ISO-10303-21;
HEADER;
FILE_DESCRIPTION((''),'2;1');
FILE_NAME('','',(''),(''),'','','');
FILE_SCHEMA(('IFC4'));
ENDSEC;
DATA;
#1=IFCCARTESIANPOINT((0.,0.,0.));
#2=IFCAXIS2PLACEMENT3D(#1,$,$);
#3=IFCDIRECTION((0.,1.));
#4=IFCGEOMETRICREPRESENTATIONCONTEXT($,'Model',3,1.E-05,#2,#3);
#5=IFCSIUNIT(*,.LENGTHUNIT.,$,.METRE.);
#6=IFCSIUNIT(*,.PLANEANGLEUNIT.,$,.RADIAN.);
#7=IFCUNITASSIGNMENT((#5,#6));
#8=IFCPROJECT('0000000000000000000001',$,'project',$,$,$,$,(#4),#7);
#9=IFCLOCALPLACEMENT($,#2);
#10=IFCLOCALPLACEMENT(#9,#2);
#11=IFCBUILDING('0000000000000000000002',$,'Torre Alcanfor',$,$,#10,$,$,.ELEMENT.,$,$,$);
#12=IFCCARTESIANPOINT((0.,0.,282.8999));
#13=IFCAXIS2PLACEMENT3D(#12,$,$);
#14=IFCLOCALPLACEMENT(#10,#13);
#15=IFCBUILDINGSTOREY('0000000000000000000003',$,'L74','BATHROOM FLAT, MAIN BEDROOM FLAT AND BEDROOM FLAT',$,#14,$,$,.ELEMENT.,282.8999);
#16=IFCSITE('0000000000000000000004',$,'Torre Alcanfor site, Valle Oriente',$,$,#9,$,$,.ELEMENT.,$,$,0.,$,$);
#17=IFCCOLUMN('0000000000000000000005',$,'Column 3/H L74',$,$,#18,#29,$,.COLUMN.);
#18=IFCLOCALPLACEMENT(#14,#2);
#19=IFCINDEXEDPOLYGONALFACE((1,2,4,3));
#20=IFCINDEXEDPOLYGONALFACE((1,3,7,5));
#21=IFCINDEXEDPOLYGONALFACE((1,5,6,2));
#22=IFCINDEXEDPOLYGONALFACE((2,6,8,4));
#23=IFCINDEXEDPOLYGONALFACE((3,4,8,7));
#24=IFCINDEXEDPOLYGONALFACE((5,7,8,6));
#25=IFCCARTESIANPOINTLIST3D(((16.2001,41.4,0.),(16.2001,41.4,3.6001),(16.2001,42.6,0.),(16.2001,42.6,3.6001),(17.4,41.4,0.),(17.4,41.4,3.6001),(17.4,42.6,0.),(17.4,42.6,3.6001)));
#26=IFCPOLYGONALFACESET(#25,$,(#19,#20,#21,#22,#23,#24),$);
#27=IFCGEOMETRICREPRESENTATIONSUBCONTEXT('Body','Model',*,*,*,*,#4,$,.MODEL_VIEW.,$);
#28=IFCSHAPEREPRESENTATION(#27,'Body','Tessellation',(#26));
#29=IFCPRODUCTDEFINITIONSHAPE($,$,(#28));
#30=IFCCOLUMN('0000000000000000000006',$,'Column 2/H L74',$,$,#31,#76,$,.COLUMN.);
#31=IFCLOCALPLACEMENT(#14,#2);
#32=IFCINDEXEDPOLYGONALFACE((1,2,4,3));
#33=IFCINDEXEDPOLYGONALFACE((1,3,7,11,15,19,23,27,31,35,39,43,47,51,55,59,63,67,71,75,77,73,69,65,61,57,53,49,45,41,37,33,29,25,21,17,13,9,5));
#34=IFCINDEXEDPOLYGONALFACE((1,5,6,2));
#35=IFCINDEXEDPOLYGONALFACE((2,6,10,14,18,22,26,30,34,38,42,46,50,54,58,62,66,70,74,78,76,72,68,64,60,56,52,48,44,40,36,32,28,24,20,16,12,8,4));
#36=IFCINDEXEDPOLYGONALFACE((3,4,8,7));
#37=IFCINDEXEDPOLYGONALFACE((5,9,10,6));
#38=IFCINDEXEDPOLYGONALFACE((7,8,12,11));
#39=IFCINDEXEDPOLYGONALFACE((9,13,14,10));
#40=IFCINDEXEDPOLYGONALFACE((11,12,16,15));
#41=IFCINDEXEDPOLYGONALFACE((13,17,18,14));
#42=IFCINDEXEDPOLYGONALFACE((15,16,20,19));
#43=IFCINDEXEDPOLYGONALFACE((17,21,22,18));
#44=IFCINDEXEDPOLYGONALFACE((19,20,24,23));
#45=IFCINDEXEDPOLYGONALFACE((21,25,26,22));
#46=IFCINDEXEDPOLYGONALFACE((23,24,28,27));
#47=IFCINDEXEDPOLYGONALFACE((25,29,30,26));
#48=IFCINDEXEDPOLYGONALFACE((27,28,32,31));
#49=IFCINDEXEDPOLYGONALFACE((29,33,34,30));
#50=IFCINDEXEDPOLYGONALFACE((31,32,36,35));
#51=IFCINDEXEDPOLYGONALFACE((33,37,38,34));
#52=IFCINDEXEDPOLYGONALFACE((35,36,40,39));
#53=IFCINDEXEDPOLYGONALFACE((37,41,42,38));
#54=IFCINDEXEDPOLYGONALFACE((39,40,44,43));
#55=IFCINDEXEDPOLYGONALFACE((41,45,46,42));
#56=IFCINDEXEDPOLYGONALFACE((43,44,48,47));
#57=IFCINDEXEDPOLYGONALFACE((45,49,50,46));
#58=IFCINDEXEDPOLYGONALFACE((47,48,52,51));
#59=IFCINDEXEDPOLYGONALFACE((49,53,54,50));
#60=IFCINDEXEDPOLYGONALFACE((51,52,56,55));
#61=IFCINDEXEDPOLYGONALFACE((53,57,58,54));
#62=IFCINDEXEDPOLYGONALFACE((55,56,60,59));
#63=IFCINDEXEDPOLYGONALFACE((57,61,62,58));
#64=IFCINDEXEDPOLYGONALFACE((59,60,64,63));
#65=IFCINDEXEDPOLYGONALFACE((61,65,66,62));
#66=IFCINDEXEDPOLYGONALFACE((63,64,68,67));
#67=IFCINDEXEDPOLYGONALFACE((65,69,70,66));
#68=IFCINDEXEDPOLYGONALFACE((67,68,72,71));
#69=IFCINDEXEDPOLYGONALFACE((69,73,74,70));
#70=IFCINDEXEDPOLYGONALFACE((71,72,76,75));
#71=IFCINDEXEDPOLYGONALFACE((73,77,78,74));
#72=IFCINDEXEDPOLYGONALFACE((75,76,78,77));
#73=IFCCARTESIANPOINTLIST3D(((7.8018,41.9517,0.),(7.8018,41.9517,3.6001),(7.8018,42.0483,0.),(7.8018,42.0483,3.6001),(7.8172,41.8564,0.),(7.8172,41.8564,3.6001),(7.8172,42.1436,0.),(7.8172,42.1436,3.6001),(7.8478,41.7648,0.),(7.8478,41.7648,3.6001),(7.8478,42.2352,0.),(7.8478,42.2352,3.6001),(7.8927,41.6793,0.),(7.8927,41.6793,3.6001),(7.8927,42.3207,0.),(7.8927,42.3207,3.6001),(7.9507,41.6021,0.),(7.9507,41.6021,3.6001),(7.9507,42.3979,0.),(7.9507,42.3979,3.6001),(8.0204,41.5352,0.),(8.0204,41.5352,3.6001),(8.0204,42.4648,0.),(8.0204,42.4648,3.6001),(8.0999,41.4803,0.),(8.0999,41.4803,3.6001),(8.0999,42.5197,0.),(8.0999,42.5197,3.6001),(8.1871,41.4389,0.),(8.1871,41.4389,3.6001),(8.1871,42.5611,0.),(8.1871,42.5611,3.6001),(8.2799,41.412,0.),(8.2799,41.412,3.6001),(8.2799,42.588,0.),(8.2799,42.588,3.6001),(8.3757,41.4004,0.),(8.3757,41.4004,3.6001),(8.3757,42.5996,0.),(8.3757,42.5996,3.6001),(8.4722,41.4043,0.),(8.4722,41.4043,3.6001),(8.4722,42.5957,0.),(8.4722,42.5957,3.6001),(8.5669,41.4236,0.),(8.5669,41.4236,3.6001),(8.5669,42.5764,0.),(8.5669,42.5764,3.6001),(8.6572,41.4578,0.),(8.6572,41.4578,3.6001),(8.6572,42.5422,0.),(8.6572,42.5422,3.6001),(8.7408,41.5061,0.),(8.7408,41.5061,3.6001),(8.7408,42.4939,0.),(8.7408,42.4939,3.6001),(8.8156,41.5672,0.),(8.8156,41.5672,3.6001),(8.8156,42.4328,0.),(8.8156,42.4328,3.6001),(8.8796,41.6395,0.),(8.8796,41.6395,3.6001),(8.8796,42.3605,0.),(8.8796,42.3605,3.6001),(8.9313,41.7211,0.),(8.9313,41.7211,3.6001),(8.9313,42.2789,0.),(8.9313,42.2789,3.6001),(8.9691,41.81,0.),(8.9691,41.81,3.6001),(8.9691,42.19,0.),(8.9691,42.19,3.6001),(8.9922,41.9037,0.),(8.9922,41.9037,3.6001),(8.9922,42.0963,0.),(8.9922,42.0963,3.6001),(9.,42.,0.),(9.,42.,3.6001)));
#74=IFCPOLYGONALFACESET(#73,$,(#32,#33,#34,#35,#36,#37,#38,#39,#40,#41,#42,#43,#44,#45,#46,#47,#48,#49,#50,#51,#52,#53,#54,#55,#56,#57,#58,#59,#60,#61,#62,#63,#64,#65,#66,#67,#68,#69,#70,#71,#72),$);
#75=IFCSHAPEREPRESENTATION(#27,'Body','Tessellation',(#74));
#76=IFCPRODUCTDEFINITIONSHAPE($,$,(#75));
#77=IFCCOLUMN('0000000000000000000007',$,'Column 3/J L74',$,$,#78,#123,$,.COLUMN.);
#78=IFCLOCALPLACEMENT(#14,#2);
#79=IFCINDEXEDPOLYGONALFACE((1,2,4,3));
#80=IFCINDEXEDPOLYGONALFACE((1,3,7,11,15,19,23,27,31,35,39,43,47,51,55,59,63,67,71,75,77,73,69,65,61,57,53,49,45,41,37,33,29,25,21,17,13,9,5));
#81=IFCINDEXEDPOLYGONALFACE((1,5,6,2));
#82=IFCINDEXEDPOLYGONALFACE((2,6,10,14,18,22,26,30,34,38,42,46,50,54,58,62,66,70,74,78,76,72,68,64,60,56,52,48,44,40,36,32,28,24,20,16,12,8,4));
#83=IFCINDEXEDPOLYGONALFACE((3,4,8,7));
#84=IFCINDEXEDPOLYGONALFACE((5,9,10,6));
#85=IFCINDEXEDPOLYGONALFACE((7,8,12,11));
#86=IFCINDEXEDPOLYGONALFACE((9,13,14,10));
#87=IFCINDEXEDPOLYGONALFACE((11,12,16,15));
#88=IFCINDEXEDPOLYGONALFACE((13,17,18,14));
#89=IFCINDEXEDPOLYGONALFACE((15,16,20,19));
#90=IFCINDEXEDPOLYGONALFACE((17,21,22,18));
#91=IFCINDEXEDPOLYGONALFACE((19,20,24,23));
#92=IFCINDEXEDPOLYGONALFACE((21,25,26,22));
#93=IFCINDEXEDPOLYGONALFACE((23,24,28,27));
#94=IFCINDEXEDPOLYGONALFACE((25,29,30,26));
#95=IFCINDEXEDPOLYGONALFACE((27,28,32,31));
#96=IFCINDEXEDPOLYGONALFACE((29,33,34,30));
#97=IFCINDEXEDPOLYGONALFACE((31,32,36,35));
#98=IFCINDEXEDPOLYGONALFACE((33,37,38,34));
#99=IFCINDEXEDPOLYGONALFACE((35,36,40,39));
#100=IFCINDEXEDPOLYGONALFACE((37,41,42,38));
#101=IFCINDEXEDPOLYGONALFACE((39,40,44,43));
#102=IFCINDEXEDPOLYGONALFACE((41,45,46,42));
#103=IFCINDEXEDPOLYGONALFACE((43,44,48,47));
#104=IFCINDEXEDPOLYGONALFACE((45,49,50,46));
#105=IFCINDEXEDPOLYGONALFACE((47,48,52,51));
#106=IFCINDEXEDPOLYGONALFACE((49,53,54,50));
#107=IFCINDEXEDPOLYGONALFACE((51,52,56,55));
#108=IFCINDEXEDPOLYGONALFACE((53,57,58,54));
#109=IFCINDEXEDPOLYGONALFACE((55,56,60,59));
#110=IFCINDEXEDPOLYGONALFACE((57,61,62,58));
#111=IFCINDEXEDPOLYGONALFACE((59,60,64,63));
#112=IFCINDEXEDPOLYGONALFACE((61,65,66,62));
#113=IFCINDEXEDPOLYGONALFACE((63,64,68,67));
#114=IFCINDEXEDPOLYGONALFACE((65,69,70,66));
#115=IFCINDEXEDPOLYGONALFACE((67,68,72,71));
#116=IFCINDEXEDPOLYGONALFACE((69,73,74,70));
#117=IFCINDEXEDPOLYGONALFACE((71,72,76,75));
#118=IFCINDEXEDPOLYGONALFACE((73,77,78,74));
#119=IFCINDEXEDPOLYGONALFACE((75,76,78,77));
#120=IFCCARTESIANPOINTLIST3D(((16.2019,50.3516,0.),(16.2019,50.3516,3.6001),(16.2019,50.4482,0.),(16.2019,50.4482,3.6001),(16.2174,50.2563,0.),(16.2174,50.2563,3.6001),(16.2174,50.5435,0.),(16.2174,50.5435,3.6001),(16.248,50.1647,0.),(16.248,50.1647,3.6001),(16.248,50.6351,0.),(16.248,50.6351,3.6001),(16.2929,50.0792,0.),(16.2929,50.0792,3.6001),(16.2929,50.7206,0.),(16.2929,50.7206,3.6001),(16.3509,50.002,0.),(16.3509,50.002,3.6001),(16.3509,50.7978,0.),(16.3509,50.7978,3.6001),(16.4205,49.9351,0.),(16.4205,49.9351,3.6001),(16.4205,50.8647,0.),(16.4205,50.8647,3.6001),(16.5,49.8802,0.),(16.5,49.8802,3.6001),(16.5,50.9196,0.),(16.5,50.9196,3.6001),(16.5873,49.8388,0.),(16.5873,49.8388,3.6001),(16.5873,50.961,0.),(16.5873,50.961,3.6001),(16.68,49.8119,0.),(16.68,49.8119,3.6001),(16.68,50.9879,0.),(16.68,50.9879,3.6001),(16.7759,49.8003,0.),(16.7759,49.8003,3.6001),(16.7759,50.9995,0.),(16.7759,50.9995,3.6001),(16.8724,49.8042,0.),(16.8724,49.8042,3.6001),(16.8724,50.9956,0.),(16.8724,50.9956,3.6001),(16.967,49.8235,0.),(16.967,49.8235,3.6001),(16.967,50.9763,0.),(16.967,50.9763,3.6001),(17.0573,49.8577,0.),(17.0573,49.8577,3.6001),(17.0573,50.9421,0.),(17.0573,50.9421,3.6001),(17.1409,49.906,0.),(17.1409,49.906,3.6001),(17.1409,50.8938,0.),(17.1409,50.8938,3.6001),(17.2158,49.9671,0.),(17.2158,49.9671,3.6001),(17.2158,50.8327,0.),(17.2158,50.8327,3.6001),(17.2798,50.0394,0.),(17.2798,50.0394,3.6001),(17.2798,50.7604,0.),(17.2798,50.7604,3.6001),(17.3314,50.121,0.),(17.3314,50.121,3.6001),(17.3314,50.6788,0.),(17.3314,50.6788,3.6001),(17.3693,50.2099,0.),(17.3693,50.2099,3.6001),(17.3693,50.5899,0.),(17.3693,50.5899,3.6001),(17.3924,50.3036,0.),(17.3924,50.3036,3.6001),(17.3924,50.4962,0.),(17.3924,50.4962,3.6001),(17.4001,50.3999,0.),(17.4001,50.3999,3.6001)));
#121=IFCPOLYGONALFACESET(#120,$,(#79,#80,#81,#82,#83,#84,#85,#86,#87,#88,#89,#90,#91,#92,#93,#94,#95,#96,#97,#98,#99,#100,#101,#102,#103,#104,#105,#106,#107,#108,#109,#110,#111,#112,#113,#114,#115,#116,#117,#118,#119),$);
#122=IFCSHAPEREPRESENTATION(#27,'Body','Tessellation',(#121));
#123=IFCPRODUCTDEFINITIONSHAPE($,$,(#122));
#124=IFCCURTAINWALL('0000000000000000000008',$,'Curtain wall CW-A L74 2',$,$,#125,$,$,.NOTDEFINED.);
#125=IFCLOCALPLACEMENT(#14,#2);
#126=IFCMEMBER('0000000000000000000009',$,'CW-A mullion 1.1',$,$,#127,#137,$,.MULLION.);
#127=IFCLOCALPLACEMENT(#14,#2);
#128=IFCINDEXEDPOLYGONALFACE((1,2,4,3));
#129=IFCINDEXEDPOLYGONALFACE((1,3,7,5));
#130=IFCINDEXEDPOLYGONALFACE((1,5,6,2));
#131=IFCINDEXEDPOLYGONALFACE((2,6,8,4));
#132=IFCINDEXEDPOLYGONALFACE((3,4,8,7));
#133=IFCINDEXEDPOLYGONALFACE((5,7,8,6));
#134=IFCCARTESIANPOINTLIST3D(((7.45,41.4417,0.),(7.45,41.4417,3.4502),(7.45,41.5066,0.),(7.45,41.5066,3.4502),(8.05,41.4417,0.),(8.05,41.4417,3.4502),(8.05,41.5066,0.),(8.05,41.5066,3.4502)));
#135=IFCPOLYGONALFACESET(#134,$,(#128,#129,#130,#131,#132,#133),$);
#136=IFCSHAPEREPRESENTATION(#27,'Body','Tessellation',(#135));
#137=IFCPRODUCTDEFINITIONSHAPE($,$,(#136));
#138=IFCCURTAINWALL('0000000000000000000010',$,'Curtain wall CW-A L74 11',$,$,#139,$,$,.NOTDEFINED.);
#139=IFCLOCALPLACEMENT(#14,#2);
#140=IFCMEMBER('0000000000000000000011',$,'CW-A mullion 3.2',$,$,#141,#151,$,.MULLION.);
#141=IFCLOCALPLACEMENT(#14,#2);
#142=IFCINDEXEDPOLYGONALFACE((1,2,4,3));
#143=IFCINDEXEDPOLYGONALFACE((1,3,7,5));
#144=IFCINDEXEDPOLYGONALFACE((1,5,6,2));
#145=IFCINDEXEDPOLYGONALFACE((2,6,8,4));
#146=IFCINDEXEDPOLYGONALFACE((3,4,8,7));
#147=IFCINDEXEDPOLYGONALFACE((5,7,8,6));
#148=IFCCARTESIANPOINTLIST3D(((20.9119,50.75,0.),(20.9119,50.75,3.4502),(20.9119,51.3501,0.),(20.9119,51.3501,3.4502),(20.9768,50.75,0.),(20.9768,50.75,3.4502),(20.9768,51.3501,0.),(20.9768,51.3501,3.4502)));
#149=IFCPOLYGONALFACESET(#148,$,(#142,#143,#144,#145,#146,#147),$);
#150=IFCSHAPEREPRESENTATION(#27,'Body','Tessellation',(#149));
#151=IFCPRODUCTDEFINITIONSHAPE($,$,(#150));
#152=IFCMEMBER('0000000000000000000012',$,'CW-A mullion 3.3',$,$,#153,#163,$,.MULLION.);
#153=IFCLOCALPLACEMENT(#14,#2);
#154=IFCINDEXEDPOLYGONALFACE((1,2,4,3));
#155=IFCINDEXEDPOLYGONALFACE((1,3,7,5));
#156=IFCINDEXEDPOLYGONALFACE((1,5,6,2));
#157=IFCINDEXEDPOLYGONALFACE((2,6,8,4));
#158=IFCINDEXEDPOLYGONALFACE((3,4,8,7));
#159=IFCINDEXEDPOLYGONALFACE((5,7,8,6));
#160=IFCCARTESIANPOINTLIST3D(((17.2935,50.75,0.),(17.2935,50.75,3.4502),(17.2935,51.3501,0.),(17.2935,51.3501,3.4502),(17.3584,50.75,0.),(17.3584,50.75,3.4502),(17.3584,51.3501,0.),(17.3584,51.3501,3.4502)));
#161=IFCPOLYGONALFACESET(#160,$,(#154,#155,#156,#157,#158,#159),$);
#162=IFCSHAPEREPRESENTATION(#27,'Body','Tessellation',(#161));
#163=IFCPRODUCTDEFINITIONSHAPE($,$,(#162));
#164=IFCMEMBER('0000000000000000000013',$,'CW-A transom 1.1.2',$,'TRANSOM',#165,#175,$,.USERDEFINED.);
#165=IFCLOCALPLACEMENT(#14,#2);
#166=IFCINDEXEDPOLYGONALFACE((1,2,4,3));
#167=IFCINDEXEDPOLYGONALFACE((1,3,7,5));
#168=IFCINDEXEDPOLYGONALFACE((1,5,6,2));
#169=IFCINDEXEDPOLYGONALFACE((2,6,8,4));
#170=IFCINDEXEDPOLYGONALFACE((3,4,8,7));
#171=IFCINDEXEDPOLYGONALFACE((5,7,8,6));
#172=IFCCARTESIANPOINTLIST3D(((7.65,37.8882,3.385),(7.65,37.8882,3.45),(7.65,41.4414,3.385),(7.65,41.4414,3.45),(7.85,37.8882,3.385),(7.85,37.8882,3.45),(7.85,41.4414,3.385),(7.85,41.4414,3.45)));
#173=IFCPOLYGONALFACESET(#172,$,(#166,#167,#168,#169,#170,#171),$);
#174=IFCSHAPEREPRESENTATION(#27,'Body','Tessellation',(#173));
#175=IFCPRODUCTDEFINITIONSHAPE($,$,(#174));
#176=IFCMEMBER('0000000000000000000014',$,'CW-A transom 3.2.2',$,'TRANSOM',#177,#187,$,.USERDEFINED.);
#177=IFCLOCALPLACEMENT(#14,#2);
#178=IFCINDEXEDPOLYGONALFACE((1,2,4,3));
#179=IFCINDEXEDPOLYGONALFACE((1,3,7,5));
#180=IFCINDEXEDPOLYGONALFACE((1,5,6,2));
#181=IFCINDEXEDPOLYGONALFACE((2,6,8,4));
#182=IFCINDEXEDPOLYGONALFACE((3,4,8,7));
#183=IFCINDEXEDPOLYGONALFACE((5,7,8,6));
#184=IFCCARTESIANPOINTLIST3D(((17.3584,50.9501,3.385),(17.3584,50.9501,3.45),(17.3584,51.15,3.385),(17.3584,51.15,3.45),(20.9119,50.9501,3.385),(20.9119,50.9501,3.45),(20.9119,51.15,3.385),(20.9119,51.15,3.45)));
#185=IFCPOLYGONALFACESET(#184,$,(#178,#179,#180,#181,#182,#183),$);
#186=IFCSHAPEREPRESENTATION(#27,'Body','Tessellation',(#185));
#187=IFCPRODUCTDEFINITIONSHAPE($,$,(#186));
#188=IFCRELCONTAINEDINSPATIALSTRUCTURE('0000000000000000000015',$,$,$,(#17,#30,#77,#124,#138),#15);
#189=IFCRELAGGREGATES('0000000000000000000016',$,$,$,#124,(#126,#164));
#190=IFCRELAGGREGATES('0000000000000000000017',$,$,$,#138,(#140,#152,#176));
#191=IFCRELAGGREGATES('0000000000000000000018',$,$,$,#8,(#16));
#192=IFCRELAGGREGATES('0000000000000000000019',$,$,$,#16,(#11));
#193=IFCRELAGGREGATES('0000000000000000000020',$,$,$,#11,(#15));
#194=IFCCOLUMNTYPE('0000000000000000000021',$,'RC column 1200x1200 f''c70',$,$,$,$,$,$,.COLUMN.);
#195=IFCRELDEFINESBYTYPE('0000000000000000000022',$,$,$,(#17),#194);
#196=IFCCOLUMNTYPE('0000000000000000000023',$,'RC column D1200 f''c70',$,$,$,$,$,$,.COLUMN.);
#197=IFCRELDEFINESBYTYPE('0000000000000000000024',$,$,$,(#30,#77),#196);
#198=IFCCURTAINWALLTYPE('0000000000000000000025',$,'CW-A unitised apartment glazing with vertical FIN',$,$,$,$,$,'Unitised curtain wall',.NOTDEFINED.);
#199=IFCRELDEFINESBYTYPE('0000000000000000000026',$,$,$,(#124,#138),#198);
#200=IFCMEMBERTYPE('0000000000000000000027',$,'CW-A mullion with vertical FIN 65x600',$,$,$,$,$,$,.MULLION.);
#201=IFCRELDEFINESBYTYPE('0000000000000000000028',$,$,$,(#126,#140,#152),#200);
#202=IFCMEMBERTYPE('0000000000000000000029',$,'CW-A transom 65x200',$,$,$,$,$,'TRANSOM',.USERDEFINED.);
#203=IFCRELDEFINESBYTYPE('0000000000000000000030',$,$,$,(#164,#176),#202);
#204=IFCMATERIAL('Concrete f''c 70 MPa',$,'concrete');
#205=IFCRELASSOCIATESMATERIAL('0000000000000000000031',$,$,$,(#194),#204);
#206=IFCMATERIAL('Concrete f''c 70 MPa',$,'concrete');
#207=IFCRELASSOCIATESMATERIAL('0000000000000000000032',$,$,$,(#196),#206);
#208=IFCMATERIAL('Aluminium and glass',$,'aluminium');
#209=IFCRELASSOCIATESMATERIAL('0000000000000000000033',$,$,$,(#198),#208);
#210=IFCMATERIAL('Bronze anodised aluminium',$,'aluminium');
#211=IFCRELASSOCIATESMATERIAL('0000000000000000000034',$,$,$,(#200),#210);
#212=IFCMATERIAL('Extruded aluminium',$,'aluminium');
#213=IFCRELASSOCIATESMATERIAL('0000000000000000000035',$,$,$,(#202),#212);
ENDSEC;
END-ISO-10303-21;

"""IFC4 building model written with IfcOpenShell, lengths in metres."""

from ifc_helpers import new_model, si_unit, direction, frame, origin, origin_2d, place, context, subcontext, project, spatial, rectangle, circle, extrude, material, material_profile, profile_set, type_object, element, aggregate, save


model = new_model("IFC4")

# Units and contexts
model_context = context("Model", 3, precision=1e-05, world=origin(), true_north=direction((0.0, 1.0)))
body_context = subcontext(model_context, "Body", "Model", "MODEL_VIEW")
ifc_project = project(units=[si_unit("LENGTHUNIT", "METRE"), si_unit("PLANEANGLEUNIT", "RADIAN")], contexts=[model_context])

# Site, building, storey
site_placement = place(None, origin())
site = spatial("IfcSite", under=ifc_project, at=site_placement, Name="Torre Alcanfor site, Valle Oriente", CompositionType="ELEMENT", RefElevation=0.0)
building_placement = place(site_placement, origin())
building = spatial("IfcBuilding", under=site, at=building_placement, Name="Torre Alcanfor", CompositionType="ELEMENT")
storey_placement = place(building_placement, frame((0.0, 0.0, 282.8999)))
storey = spatial("IfcBuildingStorey", under=building, at=storey_placement, Name="L74", Description="BATHROOM FLAT, MAIN BEDROOM FLAT AND BEDROOM FLAT", CompositionType="ELEMENT", Elevation=282.8999)

# Columns
ifc_material_1 = material(Name="Concrete f'c 70 MPa", Category="concrete")
ifc_material_profile_1 = material_profile(ifc_material_1, rectangle(XDim=1.2, YDim=1.2, at=origin_2d()), Name="1200x1200")
ifc_profile_set_1 = profile_set([ifc_material_profile_1], Name="Concrete f'c 70 MPa")
column_type_1 = type_object("IfcColumnType", Name="RC column 1200x1200 f'c70", PredefinedType="COLUMN", material=ifc_profile_set_1)
column_placement = place(storey_placement, frame((16.8, 42.0, 0.0), z_axis=(0.0, 0.0, 1.0), x_axis=(1.0, 0.0, 0.0)))
element("IfcColumn", 1, at=column_placement, inside=storey, type_object=column_type_1, Name="Column 3/H L74", PredefinedType="COLUMN", context=body_context, shape_type="SweptSolid", body=[
    extrude(rectangle(XDim=1.2, YDim=1.2, at=origin_2d()), origin(), (0.0, 0.0, 1.0), 3.6001),
])
ifc_material_2 = material(Name="Concrete f'c 70 MPa", Category="concrete")
ifc_material_profile_2 = material_profile(ifc_material_2, circle(Radius=0.6001, at=origin_2d()), Name="D1200")
ifc_profile_set_2 = profile_set([ifc_material_profile_2], Name="Concrete f'c 70 MPa")
column_type_2 = type_object("IfcColumnType", Name="RC column D1200 f'c70", PredefinedType="COLUMN", material=ifc_profile_set_2)
for number, where, z_axis, x_axis, name in (
    (2, (8.3999, 42.0, 0.0), (0.0, 0.0, 1.0), (1.0, 0.0, 0.0), "Column 2/H L74"),
    (3, (16.8, 50.3999, 0.0), (0.0, 0.0, 1.0), (1.0, 0.0, 0.0), "Column 3/J L74"),
):
    element("IfcColumn", number, at=place(storey_placement, frame(where, z_axis=z_axis, x_axis=x_axis)), inside=storey, type_object=column_type_2, Name=name, PredefinedType="COLUMN", context=body_context, shape_type="SweptSolid", body=[
        extrude(circle(Radius=0.6001, at=origin_2d()), origin(), (0.0, 0.0, 1.0), 3.6001),
    ])

# Curtain wall, member
ifc_material_3 = material(Name="Aluminium and glass", Category="aluminium")
curtain_wall_type = type_object("IfcCurtainWallType", Name="CW-A unitised apartment glazing with vertical FIN", ElementType="Unitised curtain wall", PredefinedType="NOTDEFINED", material=ifc_material_3)
curtain_wall_1_placement = place(storey_placement, origin())
curtain_wall_1 = element("IfcCurtainWall", 4, at=curtain_wall_1_placement, inside=storey, type_object=curtain_wall_type, Name="Curtain wall CW-A L74 2", PredefinedType="NOTDEFINED")
ifc_material_4 = material(Name="Bronze anodised aluminium", Category="aluminium")
ifc_material_profile_3 = material_profile(ifc_material_4, rectangle(XDim=0.6001, YDim=0.0649, at=origin_2d()), Name="CW-A mullion 65x600")
ifc_profile_set_3 = profile_set([ifc_material_profile_3], Name="Bronze anodised aluminium")
member_type_1 = type_object("IfcMemberType", Name="CW-A mullion with vertical FIN 65x600", PredefinedType="MULLION", material=ifc_profile_set_3)
member_1_placement = place(storey_placement, frame((7.75, 41.4741, 0.0), z_axis=(0.0, 0.0, 1.0), x_axis=(1.0, 0.0, 0.0)))
member_1 = element("IfcMember", 5, at=member_1_placement, type_object=member_type_1, Name="CW-A mullion 1.1", PredefinedType="MULLION", context=body_context, shape_type="SweptSolid", body=[
    extrude(rectangle(XDim=0.6001, YDim=0.0649, at=origin_2d()), origin(), (0.0, 0.0, 1.0), 3.4502),
])

# Curtain wall, members
curtain_wall_2_placement = place(storey_placement, origin())
curtain_wall_2 = element("IfcCurtainWall", 6, at=curtain_wall_2_placement, inside=storey, type_object=curtain_wall_type, Name="Curtain wall CW-A L74 11", PredefinedType="NOTDEFINED")
member_2_placement = place(storey_placement, frame((20.9443, 51.05, 0.0), z_axis=(0.0, 0.0, 1.0), x_axis=(0.0, -1.0, 0.0)))
member_2 = element("IfcMember", 7, at=member_2_placement, type_object=member_type_1, Name="CW-A mullion 3.2", PredefinedType="MULLION", context=body_context, shape_type="SweptSolid", body=[
    extrude(rectangle(XDim=0.6001, YDim=0.0649, at=origin_2d()), origin(), (0.0, 0.0, 1.0), 3.4502),
])
member_3_placement = place(storey_placement, frame((17.3259, 51.05, 0.0), z_axis=(0.0, 0.0, 1.0), x_axis=(0.0, -1.0, 0.0)))
member_3 = element("IfcMember", 8, at=member_3_placement, type_object=member_type_1, Name="CW-A mullion 3.3", PredefinedType="MULLION", context=body_context, shape_type="SweptSolid", body=[
    extrude(rectangle(XDim=0.6001, YDim=0.0649, at=origin_2d()), origin(), (0.0, 0.0, 1.0), 3.4502),
])

# Members
ifc_material_5 = material(Name="Extruded aluminium", Category="aluminium")
ifc_material_profile_4 = material_profile(ifc_material_5, rectangle(XDim=0.2, YDim=0.0649, at=origin_2d()), Name="CW-A transom 200x65")
ifc_profile_set_4 = profile_set([ifc_material_profile_4], Name="Extruded aluminium")
member_type_2 = type_object("IfcMemberType", Name="CW-A transom 65x200", ElementType="TRANSOM", PredefinedType="USERDEFINED", material=ifc_profile_set_4)
member_4_placement = place(storey_placement, frame((7.75, 41.4414, 3.4175), z_axis=(0.0, -1.0, 0.0), x_axis=(1.0, 0.0, 0.0)))
member_4 = element("IfcMember", 9, at=member_4_placement, type_object=member_type_2, Name="CW-A transom 1.1.2", ObjectType="TRANSOM", PredefinedType="USERDEFINED", context=body_context, shape_type="SweptSolid", body=[
    extrude(rectangle(XDim=0.2, YDim=0.0649, at=origin_2d()), origin(), (0.0, 0.0, 1.0), 3.5532),
])
member_5_placement = place(storey_placement, frame((20.9119, 51.05, 3.4175), z_axis=(-1.0, 0.0, 0.0), x_axis=(0.0, -1.0, 0.0)))
member_5 = element("IfcMember", 10, at=member_5_placement, type_object=member_type_2, Name="CW-A transom 3.2.2", ObjectType="TRANSOM", PredefinedType="USERDEFINED", context=body_context, shape_type="SweptSolid", body=[
    extrude(rectangle(XDim=0.2, YDim=0.0649, at=origin_2d()), origin(), (0.0, 0.0, 1.0), 3.5535),
])

aggregate(curtain_wall_1, [member_1, member_4])
aggregate(curtain_wall_2, [member_2, member_3, member_5])

save(model, "model.ifc")
